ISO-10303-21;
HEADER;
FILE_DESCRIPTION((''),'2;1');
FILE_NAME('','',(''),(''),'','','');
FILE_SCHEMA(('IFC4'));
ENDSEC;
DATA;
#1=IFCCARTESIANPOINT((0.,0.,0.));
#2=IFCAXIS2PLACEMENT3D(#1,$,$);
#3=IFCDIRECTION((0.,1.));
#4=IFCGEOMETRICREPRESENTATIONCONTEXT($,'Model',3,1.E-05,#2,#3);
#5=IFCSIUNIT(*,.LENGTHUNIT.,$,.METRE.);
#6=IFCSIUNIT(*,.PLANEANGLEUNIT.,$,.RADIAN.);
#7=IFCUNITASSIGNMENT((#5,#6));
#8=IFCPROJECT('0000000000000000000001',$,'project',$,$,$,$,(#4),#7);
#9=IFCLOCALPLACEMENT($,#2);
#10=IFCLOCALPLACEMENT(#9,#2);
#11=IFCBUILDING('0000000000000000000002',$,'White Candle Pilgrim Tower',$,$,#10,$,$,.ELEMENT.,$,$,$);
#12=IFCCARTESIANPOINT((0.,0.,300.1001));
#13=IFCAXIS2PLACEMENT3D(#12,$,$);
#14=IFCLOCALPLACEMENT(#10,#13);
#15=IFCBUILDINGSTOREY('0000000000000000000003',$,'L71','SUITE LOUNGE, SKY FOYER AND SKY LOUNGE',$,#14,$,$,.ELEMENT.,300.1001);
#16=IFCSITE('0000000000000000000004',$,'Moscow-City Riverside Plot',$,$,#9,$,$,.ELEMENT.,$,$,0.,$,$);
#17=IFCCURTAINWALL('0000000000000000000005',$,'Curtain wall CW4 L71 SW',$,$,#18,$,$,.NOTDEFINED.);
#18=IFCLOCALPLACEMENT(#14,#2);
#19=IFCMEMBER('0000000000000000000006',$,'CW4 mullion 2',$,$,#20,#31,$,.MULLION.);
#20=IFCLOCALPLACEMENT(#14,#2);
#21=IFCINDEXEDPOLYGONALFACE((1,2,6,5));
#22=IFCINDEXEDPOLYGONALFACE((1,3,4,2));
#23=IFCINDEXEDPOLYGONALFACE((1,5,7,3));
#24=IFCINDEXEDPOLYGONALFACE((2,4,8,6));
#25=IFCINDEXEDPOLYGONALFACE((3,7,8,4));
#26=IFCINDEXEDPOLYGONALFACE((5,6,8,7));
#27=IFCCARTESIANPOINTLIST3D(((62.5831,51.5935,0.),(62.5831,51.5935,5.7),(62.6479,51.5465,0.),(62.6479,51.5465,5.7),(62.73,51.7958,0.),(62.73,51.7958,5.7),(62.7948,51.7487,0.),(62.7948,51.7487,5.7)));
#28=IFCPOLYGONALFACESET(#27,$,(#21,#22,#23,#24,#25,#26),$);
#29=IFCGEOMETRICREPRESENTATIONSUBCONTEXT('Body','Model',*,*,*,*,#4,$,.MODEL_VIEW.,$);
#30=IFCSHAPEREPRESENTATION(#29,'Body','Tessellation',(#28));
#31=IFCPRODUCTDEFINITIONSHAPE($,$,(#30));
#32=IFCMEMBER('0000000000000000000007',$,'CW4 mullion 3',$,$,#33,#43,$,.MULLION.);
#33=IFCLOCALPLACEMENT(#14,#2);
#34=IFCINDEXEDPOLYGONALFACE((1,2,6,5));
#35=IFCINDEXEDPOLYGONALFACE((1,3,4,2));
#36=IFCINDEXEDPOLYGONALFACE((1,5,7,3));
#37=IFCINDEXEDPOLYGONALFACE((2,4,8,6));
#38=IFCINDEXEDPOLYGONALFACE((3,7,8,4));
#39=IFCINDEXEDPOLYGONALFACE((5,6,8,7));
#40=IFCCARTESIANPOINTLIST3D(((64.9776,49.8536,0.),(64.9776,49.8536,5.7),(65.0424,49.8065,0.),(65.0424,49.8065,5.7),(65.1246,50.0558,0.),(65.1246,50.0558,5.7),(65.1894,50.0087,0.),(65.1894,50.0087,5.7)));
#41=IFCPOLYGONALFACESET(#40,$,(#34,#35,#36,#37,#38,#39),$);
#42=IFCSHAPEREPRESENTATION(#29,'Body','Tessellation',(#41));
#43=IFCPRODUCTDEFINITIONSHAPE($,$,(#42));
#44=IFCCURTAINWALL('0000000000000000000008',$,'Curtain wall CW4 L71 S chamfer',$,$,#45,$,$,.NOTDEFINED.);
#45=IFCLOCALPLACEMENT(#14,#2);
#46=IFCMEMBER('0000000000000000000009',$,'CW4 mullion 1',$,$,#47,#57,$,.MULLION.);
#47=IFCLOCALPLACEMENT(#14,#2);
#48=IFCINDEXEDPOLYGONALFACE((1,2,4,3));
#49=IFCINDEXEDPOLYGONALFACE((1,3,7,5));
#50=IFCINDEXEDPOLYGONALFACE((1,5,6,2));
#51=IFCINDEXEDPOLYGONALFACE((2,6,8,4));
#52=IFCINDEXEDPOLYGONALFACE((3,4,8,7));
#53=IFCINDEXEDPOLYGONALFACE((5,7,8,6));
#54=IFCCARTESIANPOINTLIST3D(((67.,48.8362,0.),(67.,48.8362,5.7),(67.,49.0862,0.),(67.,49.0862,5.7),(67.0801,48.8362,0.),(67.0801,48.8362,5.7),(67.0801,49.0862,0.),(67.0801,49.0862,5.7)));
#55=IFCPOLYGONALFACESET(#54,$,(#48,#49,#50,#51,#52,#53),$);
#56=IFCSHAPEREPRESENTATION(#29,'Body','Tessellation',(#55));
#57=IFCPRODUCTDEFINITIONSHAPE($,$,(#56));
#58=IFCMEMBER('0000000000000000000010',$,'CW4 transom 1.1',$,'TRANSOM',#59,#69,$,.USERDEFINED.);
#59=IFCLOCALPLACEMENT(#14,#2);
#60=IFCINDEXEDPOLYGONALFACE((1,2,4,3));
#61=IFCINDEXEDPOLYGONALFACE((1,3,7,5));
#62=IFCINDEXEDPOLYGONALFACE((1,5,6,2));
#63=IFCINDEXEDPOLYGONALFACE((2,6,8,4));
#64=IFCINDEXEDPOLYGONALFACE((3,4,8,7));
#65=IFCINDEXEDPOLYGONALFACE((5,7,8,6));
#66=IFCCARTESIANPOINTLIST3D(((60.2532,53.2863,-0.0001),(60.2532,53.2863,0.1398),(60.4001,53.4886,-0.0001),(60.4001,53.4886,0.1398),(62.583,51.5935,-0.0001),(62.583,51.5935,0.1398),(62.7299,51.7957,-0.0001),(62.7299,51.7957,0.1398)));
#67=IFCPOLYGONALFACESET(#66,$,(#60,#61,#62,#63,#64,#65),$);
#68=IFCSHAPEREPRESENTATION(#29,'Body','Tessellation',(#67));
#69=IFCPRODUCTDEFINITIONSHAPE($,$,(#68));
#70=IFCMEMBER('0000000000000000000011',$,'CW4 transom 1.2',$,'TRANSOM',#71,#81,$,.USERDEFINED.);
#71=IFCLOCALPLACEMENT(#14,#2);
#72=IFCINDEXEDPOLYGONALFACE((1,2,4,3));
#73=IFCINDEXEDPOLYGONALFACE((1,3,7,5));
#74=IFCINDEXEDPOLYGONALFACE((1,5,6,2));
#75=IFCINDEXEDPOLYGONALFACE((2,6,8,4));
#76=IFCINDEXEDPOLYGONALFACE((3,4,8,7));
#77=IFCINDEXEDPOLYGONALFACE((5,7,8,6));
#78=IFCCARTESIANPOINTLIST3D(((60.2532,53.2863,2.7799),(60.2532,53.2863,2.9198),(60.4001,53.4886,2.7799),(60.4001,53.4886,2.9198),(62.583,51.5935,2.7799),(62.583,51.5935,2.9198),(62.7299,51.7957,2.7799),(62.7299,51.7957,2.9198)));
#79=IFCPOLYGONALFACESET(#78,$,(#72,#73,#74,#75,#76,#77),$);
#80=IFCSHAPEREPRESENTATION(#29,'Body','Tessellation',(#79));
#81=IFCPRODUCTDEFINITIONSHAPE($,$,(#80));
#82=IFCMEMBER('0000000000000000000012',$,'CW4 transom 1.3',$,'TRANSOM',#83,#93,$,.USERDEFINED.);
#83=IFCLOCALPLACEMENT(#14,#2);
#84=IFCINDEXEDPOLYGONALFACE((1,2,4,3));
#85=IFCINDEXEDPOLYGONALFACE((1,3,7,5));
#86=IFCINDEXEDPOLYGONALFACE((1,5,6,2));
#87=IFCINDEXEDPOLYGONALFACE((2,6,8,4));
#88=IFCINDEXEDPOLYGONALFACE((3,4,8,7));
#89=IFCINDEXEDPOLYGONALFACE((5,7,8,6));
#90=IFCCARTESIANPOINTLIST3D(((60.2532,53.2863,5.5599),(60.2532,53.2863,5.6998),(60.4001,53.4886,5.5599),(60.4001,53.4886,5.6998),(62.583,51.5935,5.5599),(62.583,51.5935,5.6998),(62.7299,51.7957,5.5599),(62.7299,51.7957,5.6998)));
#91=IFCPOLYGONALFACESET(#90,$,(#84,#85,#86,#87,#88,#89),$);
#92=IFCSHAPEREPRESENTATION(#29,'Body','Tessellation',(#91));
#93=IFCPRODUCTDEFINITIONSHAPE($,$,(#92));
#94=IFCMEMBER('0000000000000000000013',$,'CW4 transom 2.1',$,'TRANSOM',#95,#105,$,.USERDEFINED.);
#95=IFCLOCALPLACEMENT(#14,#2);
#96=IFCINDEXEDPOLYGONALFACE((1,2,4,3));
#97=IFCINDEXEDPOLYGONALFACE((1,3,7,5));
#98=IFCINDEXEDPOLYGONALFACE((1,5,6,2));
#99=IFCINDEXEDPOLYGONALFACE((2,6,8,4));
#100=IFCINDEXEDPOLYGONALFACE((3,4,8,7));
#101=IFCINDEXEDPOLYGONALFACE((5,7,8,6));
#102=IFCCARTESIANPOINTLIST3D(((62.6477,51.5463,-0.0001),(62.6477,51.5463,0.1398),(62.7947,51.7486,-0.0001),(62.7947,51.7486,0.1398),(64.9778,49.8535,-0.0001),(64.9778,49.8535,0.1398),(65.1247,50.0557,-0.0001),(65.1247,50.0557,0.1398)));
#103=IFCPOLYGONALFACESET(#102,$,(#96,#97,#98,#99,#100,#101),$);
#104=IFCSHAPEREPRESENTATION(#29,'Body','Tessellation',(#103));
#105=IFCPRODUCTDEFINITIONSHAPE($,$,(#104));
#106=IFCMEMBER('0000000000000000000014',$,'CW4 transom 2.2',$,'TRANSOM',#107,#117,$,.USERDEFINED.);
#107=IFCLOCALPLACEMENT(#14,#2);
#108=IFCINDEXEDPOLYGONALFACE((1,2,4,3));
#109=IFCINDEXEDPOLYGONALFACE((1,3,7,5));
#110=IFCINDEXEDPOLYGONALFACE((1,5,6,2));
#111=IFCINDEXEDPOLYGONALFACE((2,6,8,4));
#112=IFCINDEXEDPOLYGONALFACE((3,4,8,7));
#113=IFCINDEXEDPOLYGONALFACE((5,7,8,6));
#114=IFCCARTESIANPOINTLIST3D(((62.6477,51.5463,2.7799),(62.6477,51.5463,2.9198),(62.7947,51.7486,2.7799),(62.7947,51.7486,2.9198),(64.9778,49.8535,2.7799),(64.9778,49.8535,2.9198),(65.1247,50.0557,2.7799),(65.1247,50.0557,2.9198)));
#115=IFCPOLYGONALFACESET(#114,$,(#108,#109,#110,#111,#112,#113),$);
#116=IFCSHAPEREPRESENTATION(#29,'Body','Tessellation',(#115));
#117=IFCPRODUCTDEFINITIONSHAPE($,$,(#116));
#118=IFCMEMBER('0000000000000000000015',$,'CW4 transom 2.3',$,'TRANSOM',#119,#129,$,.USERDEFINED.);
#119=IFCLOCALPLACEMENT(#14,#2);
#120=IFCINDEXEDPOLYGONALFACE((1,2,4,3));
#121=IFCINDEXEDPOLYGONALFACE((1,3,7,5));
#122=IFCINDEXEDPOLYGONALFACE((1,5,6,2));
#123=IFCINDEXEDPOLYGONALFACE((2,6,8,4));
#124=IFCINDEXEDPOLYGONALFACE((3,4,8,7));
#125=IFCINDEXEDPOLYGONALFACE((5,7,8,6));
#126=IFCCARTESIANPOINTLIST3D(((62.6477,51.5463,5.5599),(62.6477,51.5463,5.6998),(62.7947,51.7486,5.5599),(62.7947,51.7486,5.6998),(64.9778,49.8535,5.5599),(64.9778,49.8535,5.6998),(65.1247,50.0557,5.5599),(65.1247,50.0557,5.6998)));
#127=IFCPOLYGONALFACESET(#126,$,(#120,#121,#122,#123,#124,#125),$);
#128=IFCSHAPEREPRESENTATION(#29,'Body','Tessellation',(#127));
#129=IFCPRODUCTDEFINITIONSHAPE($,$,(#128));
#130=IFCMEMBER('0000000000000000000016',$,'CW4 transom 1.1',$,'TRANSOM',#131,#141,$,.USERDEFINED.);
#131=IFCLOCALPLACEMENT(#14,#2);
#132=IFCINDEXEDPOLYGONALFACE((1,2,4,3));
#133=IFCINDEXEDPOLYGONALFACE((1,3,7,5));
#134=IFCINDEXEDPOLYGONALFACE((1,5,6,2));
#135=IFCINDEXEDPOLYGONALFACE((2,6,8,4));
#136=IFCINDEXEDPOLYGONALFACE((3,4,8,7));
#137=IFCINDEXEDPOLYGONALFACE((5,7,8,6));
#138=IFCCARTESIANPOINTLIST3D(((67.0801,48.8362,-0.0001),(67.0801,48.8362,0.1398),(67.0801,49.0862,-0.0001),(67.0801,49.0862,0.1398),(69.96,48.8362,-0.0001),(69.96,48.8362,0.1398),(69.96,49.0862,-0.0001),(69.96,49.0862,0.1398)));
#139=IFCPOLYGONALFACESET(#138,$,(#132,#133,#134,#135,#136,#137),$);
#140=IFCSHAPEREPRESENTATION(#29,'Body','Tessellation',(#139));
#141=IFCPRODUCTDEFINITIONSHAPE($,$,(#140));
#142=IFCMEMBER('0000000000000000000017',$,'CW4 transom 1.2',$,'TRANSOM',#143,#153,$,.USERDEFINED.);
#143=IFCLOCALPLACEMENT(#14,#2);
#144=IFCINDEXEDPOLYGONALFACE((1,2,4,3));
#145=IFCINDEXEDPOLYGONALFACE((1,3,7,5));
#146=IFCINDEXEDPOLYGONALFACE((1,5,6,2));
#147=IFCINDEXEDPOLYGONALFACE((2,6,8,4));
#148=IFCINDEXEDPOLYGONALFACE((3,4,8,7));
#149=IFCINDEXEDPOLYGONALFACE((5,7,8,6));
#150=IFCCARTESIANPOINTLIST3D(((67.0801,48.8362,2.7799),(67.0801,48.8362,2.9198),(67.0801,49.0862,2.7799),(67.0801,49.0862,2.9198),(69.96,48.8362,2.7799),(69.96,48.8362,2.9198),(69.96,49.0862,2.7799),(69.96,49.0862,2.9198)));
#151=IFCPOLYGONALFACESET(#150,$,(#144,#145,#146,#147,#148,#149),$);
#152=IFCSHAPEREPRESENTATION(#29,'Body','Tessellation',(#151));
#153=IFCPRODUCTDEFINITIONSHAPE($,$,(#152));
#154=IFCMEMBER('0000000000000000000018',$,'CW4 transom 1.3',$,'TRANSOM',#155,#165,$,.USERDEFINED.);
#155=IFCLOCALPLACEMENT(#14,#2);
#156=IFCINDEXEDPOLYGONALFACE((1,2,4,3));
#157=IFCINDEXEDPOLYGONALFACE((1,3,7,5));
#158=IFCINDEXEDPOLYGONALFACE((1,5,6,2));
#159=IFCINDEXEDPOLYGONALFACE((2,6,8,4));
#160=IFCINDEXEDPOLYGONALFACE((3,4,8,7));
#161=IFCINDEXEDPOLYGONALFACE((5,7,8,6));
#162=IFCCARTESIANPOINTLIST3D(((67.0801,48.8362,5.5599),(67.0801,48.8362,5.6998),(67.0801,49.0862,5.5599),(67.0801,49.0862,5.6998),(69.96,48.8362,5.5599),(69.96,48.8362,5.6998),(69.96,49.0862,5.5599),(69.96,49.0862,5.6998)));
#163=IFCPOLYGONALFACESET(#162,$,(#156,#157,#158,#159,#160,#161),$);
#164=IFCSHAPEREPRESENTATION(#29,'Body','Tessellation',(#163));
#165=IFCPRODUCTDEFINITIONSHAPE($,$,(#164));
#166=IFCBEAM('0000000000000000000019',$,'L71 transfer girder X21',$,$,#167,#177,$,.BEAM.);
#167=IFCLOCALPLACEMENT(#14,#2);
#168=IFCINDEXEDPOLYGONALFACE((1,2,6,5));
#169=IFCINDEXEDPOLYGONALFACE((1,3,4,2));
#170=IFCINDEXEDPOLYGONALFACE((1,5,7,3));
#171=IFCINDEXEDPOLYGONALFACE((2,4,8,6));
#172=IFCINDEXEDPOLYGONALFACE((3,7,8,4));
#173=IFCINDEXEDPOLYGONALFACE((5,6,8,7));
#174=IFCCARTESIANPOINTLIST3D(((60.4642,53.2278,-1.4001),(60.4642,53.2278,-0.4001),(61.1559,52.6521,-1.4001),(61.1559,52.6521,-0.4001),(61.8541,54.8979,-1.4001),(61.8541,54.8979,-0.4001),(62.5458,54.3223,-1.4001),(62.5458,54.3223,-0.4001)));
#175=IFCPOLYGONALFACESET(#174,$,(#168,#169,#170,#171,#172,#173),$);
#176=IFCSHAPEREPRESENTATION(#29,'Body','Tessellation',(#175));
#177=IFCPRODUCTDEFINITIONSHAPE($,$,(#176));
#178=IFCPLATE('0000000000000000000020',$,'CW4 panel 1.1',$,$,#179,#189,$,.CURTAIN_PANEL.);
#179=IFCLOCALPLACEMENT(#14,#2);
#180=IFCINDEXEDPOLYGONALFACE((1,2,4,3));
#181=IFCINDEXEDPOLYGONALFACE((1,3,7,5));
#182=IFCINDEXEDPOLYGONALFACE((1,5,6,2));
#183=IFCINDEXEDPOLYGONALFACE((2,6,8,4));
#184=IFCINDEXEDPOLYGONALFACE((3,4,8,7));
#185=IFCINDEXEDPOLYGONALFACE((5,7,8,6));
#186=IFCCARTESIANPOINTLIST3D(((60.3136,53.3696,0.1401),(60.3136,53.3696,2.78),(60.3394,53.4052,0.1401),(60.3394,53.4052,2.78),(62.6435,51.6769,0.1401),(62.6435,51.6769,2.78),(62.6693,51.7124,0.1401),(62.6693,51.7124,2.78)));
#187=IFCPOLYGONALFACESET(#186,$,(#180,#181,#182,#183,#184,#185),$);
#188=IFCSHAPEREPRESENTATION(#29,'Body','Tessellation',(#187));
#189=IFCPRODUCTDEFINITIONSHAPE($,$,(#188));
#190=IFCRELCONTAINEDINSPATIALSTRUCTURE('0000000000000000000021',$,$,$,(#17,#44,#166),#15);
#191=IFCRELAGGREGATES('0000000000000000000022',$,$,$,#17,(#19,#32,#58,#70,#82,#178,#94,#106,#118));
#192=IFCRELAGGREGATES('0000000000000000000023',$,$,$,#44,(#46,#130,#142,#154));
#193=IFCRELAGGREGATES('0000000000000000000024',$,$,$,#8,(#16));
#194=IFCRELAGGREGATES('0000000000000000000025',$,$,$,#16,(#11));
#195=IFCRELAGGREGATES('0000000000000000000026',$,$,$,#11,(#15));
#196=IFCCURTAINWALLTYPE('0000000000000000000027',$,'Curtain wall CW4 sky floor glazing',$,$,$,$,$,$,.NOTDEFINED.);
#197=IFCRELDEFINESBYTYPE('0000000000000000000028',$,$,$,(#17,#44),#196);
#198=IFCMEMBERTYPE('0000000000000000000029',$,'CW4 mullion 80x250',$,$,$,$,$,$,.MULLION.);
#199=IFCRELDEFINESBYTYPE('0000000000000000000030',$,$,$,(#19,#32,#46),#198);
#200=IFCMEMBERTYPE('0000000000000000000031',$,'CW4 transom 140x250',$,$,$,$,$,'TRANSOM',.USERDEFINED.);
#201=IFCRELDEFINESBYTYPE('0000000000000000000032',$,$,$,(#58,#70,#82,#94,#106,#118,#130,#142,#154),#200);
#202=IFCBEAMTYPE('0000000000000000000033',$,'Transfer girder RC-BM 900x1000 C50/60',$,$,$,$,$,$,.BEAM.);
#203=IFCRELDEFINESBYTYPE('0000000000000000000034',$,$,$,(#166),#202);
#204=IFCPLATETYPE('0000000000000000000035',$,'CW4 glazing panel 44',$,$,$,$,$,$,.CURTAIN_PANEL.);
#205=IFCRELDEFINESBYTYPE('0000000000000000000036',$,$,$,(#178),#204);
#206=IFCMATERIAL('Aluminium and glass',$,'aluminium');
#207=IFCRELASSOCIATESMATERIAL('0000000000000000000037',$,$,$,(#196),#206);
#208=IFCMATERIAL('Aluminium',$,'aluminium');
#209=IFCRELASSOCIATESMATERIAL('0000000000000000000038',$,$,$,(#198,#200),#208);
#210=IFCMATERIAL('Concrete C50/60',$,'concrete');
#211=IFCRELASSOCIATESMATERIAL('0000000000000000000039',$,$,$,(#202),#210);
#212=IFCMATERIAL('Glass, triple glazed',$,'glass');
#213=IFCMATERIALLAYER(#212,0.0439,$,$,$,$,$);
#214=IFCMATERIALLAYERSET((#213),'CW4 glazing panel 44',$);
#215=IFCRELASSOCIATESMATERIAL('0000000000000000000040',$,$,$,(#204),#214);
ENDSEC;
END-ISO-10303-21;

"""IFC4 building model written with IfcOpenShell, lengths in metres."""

from ifc_helpers import new_model, si_unit, direction, frame, origin, origin_2d, place, context, subcontext, project, spatial, rectangle, extrude, material, layer, layer_set, material_profile, profile_set, type_object, element, aggregate, save


model = new_model("IFC4")

# Units and contexts
model_context = context("Model", 3, precision=1e-05, world=origin(), true_north=direction((0.0, 1.0)))
body_context = subcontext(model_context, "Body", "Model", "MODEL_VIEW")
ifc_project = project(units=[si_unit("LENGTHUNIT", "METRE"), si_unit("PLANEANGLEUNIT", "RADIAN")], contexts=[model_context])

# Site, building, storey
site_placement = place(None, origin())
site = spatial("IfcSite", under=ifc_project, at=site_placement, Name="Moscow-City Riverside Plot", CompositionType="ELEMENT", RefElevation=0.0)
building_placement = place(site_placement, origin())
building = spatial("IfcBuilding", under=site, at=building_placement, Name="White Candle Pilgrim Tower", CompositionType="ELEMENT")
storey_placement = place(building_placement, frame((0.0, 0.0, 300.1001)))
storey = spatial("IfcBuildingStorey", under=building, at=storey_placement, Name="L71", Description="SUITE LOUNGE, SKY FOYER AND SKY LOUNGE", CompositionType="ELEMENT", Elevation=300.1001)

# Curtain wall, members
ifc_material_1 = material(Name="Aluminium and glass", Category="aluminium")
curtain_wall_type = type_object("IfcCurtainWallType", Name="Curtain wall CW4 sky floor glazing", PredefinedType="NOTDEFINED", material=ifc_material_1)
curtain_wall_1_placement = place(storey_placement, origin())
curtain_wall_1 = element("IfcCurtainWall", 1, at=curtain_wall_1_placement, inside=storey, type_object=curtain_wall_type, Name="Curtain wall CW4 L71 SW", PredefinedType="NOTDEFINED")
ifc_material_2 = material(Name="Aluminium", Category="aluminium")
ifc_material_profile_1 = material_profile(ifc_material_2, rectangle(XDim=0.25, YDim=0.0801, at=origin_2d()), Name="CW4 mullion 80x250")
ifc_profile_set_1 = profile_set([ifc_material_profile_1], Name="Aluminium")
member_type_1 = type_object("IfcMemberType", Name="CW4 mullion 80x250", PredefinedType="MULLION", material=ifc_profile_set_1)
member_1_placement = place(storey_placement, frame((62.689, 51.6711, 0.0), z_axis=(0.0, 0.0, 1.0), x_axis=(0.587785, 0.809017, 0.0)))
member_1 = element("IfcMember", 2, at=member_1_placement, type_object=member_type_1, Name="CW4 mullion 2", PredefinedType="MULLION", context=body_context, shape_type="SweptSolid", body=[
    extrude(rectangle(XDim=0.25, YDim=0.0801, at=origin_2d()), origin(), (0.0, 0.0, 1.0), 5.7),
])
member_2_placement = place(storey_placement, frame((65.0835, 49.9312, 0.0), z_axis=(0.0, 0.0, 1.0), x_axis=(0.587785, 0.809017, 0.0)))
member_2 = element("IfcMember", 3, at=member_2_placement, type_object=member_type_1, Name="CW4 mullion 3", PredefinedType="MULLION", context=body_context, shape_type="SweptSolid", body=[
    extrude(rectangle(XDim=0.25, YDim=0.0801, at=origin_2d()), origin(), (0.0, 0.0, 1.0), 5.7),
])

# Curtain wall, member
curtain_wall_2_placement = place(storey_placement, origin())
curtain_wall_2 = element("IfcCurtainWall", 4, at=curtain_wall_2_placement, inside=storey, type_object=curtain_wall_type, Name="Curtain wall CW4 L71 S chamfer", PredefinedType="NOTDEFINED")
member_3_placement = place(storey_placement, frame((67.04, 48.9612, 0.0), z_axis=(0.0, 0.0, 1.0), x_axis=(0.0, 1.0, 0.0)))
member_3 = element("IfcMember", 5, at=member_3_placement, type_object=member_type_1, Name="CW4 mullion 1", PredefinedType="MULLION", context=body_context, shape_type="SweptSolid", body=[
    extrude(rectangle(XDim=0.25, YDim=0.0801, at=origin_2d()), origin(), (0.0, 0.0, 1.0), 5.7),
])

# Members
ifc_material_profile_2 = material_profile(ifc_material_2, rectangle(XDim=0.25, YDim=0.1399, at=origin_2d()), Name="CW4 transom 140x250")
ifc_profile_set_2 = profile_set([ifc_material_profile_2], Name="Aluminium")
member_type_2 = type_object("IfcMemberType", Name="CW4 transom 140x250", ElementType="TRANSOM", PredefinedType="USERDEFINED", material=ifc_profile_set_2)
member_4_placement = place(storey_placement, frame((60.3267, 53.3875, 0.0698), z_axis=(0.808993, -0.587819, 0.0), x_axis=(0.587819, 0.808993, 0.0)))
member_4 = element("IfcMember", 6, at=member_4_placement, type_object=member_type_2, Name="CW4 transom 1.1", ObjectType="TRANSOM", PredefinedType="USERDEFINED", context=body_context, shape_type="SweptSolid", body=[
    extrude(rectangle(XDim=0.25, YDim=0.1399, at=origin_2d()), origin(), (0.0, 0.0, 1.0), 2.8799),
])
member_5_placement = place(storey_placement, frame((60.3267, 53.3875, 2.8499), z_axis=(0.808993, -0.587819, 0.0), x_axis=(0.587819, 0.808993, 0.0)))
member_5 = element("IfcMember", 7, at=member_5_placement, type_object=member_type_2, Name="CW4 transom 1.2", ObjectType="TRANSOM", PredefinedType="USERDEFINED", context=body_context, shape_type="SweptSolid", body=[
    extrude(rectangle(XDim=0.25, YDim=0.1399, at=origin_2d()), origin(), (0.0, 0.0, 1.0), 2.8799),
])
member_6_placement = place(storey_placement, frame((60.3267, 53.3875, 5.6299), z_axis=(0.808993, -0.587819, 0.0), x_axis=(0.587819, 0.808993, 0.0)))
member_6 = element("IfcMember", 8, at=member_6_placement, type_object=member_type_2, Name="CW4 transom 1.3", ObjectType="TRANSOM", PredefinedType="USERDEFINED", context=body_context, shape_type="SweptSolid", body=[
    extrude(rectangle(XDim=0.25, YDim=0.1399, at=origin_2d()), origin(), (0.0, 0.0, 1.0), 2.8799),
])
member_7_placement = place(storey_placement, frame((62.7212, 51.6475, 0.0698), z_axis=(0.809022, -0.587778, 0.0), x_axis=(0.587778, 0.809022, 0.0)))
member_7 = element("IfcMember", 9, at=member_7_placement, type_object=member_type_2, Name="CW4 transom 2.1", ObjectType="TRANSOM", PredefinedType="USERDEFINED", context=body_context, shape_type="SweptSolid", body=[
    extrude(rectangle(XDim=0.25, YDim=0.1399, at=origin_2d()), origin(), (0.0, 0.0, 1.0), 2.8801),
])
member_8_placement = place(storey_placement, frame((62.7212, 51.6475, 2.8499), z_axis=(0.809022, -0.587778, 0.0), x_axis=(0.587778, 0.809022, 0.0)))
member_8 = element("IfcMember", 10, at=member_8_placement, type_object=member_type_2, Name="CW4 transom 2.2", ObjectType="TRANSOM", PredefinedType="USERDEFINED", context=body_context, shape_type="SweptSolid", body=[
    extrude(rectangle(XDim=0.25, YDim=0.1399, at=origin_2d()), origin(), (0.0, 0.0, 1.0), 2.8801),
])
member_9_placement = place(storey_placement, frame((62.7212, 51.6475, 5.6299), z_axis=(0.809022, -0.587778, 0.0), x_axis=(0.587778, 0.809022, 0.0)))
member_9 = element("IfcMember", 11, at=member_9_placement, type_object=member_type_2, Name="CW4 transom 2.3", ObjectType="TRANSOM", PredefinedType="USERDEFINED", context=body_context, shape_type="SweptSolid", body=[
    extrude(rectangle(XDim=0.25, YDim=0.1399, at=origin_2d()), origin(), (0.0, 0.0, 1.0), 2.8801),
])
member_10_placement = place(storey_placement, frame((67.0801, 48.9612, 0.0698), z_axis=(1.0, 0.0, 0.0), x_axis=(0.0, 1.0, 0.0)))
member_10 = element("IfcMember", 12, at=member_10_placement, type_object=member_type_2, Name="CW4 transom 1.1", ObjectType="TRANSOM", PredefinedType="USERDEFINED", context=body_context, shape_type="SweptSolid", body=[
    extrude(rectangle(XDim=0.25, YDim=0.1399, at=origin_2d()), origin(), (0.0, 0.0, 1.0), 2.8799),
])
member_11_placement = place(storey_placement, frame((67.0801, 48.9612, 2.8499), z_axis=(1.0, 0.0, 0.0), x_axis=(0.0, 1.0, 0.0)))
member_11 = element("IfcMember", 13, at=member_11_placement, type_object=member_type_2, Name="CW4 transom 1.2", ObjectType="TRANSOM", PredefinedType="USERDEFINED", context=body_context, shape_type="SweptSolid", body=[
    extrude(rectangle(XDim=0.25, YDim=0.1399, at=origin_2d()), origin(), (0.0, 0.0, 1.0), 2.8799),
])
member_12_placement = place(storey_placement, frame((67.0801, 48.9612, 5.6299), z_axis=(1.0, 0.0, 0.0), x_axis=(0.0, 1.0, 0.0)))
member_12 = element("IfcMember", 14, at=member_12_placement, type_object=member_type_2, Name="CW4 transom 1.3", ObjectType="TRANSOM", PredefinedType="USERDEFINED", context=body_context, shape_type="SweptSolid", body=[
    extrude(rectangle(XDim=0.25, YDim=0.1399, at=origin_2d()), origin(), (0.0, 0.0, 1.0), 2.8799),
])

# Beam
ifc_material_3 = material(Name="Concrete C50/60", Category="concrete")
ifc_material_profile_3 = material_profile(ifc_material_3, rectangle(XDim=0.8999, YDim=1.0, at=origin_2d()), Name="RC-BM 900x1000")
ifc_profile_set_3 = profile_set([ifc_material_profile_3], Name="Concrete C50/60")
beam_type = type_object("IfcBeamType", Name="Transfer girder RC-BM 900x1000 C50/60", PredefinedType="BEAM", material=ifc_profile_set_3)
beam_placement = place(storey_placement, frame((60.8101, 52.9399, -0.9001), z_axis=(0.639665, 0.768654, 0.0), x_axis=(-0.768654, 0.639665, 0.0)))
element("IfcBeam", 15, at=beam_placement, inside=storey, type_object=beam_type, Name="L71 transfer girder X21", PredefinedType="BEAM", context=body_context, shape_type="SweptSolid", body=[
    extrude(rectangle(XDim=0.8999, YDim=1.0, at=origin_2d()), origin(), (0.0, 0.0, 1.0), 2.1729),
])

# Plate
ifc_material_4 = material(Name="Glass, triple glazed", Category="glass")
ifc_layer_1 = layer(ifc_material_4, 0.0439)
ifc_layer_set_1 = layer_set([ifc_layer_1], Name="CW4 glazing panel 44")
plate_type = type_object("IfcPlateType", Name="CW4 glazing panel 44", PredefinedType="CURTAIN_PANEL", material=ifc_layer_set_1)
plate_1_placement = place(storey_placement, frame((61.4915, 52.541, 0.1401), z_axis=(0.0, 0.0, 1.0), x_axis=(0.809017, -0.587785, 0.0)))
plate_1 = element("IfcPlate", 16, at=plate_1_placement, type_object=plate_type, Name="CW4 panel 1.1", PredefinedType="CURTAIN_PANEL", context=body_context, shape_type="SweptSolid", body=[
    extrude(rectangle(XDim=2.8799, YDim=0.0439, at=origin_2d()), origin(), (0.0, 0.0, 1.0), 2.6399),
])
aggregate(curtain_wall_1, [member_1, member_2, member_4, member_5, member_6, plate_1, member_7, member_8, member_9])
aggregate(curtain_wall_2, [member_3, member_10, member_11, member_12])

save(model, "model.ifc")
